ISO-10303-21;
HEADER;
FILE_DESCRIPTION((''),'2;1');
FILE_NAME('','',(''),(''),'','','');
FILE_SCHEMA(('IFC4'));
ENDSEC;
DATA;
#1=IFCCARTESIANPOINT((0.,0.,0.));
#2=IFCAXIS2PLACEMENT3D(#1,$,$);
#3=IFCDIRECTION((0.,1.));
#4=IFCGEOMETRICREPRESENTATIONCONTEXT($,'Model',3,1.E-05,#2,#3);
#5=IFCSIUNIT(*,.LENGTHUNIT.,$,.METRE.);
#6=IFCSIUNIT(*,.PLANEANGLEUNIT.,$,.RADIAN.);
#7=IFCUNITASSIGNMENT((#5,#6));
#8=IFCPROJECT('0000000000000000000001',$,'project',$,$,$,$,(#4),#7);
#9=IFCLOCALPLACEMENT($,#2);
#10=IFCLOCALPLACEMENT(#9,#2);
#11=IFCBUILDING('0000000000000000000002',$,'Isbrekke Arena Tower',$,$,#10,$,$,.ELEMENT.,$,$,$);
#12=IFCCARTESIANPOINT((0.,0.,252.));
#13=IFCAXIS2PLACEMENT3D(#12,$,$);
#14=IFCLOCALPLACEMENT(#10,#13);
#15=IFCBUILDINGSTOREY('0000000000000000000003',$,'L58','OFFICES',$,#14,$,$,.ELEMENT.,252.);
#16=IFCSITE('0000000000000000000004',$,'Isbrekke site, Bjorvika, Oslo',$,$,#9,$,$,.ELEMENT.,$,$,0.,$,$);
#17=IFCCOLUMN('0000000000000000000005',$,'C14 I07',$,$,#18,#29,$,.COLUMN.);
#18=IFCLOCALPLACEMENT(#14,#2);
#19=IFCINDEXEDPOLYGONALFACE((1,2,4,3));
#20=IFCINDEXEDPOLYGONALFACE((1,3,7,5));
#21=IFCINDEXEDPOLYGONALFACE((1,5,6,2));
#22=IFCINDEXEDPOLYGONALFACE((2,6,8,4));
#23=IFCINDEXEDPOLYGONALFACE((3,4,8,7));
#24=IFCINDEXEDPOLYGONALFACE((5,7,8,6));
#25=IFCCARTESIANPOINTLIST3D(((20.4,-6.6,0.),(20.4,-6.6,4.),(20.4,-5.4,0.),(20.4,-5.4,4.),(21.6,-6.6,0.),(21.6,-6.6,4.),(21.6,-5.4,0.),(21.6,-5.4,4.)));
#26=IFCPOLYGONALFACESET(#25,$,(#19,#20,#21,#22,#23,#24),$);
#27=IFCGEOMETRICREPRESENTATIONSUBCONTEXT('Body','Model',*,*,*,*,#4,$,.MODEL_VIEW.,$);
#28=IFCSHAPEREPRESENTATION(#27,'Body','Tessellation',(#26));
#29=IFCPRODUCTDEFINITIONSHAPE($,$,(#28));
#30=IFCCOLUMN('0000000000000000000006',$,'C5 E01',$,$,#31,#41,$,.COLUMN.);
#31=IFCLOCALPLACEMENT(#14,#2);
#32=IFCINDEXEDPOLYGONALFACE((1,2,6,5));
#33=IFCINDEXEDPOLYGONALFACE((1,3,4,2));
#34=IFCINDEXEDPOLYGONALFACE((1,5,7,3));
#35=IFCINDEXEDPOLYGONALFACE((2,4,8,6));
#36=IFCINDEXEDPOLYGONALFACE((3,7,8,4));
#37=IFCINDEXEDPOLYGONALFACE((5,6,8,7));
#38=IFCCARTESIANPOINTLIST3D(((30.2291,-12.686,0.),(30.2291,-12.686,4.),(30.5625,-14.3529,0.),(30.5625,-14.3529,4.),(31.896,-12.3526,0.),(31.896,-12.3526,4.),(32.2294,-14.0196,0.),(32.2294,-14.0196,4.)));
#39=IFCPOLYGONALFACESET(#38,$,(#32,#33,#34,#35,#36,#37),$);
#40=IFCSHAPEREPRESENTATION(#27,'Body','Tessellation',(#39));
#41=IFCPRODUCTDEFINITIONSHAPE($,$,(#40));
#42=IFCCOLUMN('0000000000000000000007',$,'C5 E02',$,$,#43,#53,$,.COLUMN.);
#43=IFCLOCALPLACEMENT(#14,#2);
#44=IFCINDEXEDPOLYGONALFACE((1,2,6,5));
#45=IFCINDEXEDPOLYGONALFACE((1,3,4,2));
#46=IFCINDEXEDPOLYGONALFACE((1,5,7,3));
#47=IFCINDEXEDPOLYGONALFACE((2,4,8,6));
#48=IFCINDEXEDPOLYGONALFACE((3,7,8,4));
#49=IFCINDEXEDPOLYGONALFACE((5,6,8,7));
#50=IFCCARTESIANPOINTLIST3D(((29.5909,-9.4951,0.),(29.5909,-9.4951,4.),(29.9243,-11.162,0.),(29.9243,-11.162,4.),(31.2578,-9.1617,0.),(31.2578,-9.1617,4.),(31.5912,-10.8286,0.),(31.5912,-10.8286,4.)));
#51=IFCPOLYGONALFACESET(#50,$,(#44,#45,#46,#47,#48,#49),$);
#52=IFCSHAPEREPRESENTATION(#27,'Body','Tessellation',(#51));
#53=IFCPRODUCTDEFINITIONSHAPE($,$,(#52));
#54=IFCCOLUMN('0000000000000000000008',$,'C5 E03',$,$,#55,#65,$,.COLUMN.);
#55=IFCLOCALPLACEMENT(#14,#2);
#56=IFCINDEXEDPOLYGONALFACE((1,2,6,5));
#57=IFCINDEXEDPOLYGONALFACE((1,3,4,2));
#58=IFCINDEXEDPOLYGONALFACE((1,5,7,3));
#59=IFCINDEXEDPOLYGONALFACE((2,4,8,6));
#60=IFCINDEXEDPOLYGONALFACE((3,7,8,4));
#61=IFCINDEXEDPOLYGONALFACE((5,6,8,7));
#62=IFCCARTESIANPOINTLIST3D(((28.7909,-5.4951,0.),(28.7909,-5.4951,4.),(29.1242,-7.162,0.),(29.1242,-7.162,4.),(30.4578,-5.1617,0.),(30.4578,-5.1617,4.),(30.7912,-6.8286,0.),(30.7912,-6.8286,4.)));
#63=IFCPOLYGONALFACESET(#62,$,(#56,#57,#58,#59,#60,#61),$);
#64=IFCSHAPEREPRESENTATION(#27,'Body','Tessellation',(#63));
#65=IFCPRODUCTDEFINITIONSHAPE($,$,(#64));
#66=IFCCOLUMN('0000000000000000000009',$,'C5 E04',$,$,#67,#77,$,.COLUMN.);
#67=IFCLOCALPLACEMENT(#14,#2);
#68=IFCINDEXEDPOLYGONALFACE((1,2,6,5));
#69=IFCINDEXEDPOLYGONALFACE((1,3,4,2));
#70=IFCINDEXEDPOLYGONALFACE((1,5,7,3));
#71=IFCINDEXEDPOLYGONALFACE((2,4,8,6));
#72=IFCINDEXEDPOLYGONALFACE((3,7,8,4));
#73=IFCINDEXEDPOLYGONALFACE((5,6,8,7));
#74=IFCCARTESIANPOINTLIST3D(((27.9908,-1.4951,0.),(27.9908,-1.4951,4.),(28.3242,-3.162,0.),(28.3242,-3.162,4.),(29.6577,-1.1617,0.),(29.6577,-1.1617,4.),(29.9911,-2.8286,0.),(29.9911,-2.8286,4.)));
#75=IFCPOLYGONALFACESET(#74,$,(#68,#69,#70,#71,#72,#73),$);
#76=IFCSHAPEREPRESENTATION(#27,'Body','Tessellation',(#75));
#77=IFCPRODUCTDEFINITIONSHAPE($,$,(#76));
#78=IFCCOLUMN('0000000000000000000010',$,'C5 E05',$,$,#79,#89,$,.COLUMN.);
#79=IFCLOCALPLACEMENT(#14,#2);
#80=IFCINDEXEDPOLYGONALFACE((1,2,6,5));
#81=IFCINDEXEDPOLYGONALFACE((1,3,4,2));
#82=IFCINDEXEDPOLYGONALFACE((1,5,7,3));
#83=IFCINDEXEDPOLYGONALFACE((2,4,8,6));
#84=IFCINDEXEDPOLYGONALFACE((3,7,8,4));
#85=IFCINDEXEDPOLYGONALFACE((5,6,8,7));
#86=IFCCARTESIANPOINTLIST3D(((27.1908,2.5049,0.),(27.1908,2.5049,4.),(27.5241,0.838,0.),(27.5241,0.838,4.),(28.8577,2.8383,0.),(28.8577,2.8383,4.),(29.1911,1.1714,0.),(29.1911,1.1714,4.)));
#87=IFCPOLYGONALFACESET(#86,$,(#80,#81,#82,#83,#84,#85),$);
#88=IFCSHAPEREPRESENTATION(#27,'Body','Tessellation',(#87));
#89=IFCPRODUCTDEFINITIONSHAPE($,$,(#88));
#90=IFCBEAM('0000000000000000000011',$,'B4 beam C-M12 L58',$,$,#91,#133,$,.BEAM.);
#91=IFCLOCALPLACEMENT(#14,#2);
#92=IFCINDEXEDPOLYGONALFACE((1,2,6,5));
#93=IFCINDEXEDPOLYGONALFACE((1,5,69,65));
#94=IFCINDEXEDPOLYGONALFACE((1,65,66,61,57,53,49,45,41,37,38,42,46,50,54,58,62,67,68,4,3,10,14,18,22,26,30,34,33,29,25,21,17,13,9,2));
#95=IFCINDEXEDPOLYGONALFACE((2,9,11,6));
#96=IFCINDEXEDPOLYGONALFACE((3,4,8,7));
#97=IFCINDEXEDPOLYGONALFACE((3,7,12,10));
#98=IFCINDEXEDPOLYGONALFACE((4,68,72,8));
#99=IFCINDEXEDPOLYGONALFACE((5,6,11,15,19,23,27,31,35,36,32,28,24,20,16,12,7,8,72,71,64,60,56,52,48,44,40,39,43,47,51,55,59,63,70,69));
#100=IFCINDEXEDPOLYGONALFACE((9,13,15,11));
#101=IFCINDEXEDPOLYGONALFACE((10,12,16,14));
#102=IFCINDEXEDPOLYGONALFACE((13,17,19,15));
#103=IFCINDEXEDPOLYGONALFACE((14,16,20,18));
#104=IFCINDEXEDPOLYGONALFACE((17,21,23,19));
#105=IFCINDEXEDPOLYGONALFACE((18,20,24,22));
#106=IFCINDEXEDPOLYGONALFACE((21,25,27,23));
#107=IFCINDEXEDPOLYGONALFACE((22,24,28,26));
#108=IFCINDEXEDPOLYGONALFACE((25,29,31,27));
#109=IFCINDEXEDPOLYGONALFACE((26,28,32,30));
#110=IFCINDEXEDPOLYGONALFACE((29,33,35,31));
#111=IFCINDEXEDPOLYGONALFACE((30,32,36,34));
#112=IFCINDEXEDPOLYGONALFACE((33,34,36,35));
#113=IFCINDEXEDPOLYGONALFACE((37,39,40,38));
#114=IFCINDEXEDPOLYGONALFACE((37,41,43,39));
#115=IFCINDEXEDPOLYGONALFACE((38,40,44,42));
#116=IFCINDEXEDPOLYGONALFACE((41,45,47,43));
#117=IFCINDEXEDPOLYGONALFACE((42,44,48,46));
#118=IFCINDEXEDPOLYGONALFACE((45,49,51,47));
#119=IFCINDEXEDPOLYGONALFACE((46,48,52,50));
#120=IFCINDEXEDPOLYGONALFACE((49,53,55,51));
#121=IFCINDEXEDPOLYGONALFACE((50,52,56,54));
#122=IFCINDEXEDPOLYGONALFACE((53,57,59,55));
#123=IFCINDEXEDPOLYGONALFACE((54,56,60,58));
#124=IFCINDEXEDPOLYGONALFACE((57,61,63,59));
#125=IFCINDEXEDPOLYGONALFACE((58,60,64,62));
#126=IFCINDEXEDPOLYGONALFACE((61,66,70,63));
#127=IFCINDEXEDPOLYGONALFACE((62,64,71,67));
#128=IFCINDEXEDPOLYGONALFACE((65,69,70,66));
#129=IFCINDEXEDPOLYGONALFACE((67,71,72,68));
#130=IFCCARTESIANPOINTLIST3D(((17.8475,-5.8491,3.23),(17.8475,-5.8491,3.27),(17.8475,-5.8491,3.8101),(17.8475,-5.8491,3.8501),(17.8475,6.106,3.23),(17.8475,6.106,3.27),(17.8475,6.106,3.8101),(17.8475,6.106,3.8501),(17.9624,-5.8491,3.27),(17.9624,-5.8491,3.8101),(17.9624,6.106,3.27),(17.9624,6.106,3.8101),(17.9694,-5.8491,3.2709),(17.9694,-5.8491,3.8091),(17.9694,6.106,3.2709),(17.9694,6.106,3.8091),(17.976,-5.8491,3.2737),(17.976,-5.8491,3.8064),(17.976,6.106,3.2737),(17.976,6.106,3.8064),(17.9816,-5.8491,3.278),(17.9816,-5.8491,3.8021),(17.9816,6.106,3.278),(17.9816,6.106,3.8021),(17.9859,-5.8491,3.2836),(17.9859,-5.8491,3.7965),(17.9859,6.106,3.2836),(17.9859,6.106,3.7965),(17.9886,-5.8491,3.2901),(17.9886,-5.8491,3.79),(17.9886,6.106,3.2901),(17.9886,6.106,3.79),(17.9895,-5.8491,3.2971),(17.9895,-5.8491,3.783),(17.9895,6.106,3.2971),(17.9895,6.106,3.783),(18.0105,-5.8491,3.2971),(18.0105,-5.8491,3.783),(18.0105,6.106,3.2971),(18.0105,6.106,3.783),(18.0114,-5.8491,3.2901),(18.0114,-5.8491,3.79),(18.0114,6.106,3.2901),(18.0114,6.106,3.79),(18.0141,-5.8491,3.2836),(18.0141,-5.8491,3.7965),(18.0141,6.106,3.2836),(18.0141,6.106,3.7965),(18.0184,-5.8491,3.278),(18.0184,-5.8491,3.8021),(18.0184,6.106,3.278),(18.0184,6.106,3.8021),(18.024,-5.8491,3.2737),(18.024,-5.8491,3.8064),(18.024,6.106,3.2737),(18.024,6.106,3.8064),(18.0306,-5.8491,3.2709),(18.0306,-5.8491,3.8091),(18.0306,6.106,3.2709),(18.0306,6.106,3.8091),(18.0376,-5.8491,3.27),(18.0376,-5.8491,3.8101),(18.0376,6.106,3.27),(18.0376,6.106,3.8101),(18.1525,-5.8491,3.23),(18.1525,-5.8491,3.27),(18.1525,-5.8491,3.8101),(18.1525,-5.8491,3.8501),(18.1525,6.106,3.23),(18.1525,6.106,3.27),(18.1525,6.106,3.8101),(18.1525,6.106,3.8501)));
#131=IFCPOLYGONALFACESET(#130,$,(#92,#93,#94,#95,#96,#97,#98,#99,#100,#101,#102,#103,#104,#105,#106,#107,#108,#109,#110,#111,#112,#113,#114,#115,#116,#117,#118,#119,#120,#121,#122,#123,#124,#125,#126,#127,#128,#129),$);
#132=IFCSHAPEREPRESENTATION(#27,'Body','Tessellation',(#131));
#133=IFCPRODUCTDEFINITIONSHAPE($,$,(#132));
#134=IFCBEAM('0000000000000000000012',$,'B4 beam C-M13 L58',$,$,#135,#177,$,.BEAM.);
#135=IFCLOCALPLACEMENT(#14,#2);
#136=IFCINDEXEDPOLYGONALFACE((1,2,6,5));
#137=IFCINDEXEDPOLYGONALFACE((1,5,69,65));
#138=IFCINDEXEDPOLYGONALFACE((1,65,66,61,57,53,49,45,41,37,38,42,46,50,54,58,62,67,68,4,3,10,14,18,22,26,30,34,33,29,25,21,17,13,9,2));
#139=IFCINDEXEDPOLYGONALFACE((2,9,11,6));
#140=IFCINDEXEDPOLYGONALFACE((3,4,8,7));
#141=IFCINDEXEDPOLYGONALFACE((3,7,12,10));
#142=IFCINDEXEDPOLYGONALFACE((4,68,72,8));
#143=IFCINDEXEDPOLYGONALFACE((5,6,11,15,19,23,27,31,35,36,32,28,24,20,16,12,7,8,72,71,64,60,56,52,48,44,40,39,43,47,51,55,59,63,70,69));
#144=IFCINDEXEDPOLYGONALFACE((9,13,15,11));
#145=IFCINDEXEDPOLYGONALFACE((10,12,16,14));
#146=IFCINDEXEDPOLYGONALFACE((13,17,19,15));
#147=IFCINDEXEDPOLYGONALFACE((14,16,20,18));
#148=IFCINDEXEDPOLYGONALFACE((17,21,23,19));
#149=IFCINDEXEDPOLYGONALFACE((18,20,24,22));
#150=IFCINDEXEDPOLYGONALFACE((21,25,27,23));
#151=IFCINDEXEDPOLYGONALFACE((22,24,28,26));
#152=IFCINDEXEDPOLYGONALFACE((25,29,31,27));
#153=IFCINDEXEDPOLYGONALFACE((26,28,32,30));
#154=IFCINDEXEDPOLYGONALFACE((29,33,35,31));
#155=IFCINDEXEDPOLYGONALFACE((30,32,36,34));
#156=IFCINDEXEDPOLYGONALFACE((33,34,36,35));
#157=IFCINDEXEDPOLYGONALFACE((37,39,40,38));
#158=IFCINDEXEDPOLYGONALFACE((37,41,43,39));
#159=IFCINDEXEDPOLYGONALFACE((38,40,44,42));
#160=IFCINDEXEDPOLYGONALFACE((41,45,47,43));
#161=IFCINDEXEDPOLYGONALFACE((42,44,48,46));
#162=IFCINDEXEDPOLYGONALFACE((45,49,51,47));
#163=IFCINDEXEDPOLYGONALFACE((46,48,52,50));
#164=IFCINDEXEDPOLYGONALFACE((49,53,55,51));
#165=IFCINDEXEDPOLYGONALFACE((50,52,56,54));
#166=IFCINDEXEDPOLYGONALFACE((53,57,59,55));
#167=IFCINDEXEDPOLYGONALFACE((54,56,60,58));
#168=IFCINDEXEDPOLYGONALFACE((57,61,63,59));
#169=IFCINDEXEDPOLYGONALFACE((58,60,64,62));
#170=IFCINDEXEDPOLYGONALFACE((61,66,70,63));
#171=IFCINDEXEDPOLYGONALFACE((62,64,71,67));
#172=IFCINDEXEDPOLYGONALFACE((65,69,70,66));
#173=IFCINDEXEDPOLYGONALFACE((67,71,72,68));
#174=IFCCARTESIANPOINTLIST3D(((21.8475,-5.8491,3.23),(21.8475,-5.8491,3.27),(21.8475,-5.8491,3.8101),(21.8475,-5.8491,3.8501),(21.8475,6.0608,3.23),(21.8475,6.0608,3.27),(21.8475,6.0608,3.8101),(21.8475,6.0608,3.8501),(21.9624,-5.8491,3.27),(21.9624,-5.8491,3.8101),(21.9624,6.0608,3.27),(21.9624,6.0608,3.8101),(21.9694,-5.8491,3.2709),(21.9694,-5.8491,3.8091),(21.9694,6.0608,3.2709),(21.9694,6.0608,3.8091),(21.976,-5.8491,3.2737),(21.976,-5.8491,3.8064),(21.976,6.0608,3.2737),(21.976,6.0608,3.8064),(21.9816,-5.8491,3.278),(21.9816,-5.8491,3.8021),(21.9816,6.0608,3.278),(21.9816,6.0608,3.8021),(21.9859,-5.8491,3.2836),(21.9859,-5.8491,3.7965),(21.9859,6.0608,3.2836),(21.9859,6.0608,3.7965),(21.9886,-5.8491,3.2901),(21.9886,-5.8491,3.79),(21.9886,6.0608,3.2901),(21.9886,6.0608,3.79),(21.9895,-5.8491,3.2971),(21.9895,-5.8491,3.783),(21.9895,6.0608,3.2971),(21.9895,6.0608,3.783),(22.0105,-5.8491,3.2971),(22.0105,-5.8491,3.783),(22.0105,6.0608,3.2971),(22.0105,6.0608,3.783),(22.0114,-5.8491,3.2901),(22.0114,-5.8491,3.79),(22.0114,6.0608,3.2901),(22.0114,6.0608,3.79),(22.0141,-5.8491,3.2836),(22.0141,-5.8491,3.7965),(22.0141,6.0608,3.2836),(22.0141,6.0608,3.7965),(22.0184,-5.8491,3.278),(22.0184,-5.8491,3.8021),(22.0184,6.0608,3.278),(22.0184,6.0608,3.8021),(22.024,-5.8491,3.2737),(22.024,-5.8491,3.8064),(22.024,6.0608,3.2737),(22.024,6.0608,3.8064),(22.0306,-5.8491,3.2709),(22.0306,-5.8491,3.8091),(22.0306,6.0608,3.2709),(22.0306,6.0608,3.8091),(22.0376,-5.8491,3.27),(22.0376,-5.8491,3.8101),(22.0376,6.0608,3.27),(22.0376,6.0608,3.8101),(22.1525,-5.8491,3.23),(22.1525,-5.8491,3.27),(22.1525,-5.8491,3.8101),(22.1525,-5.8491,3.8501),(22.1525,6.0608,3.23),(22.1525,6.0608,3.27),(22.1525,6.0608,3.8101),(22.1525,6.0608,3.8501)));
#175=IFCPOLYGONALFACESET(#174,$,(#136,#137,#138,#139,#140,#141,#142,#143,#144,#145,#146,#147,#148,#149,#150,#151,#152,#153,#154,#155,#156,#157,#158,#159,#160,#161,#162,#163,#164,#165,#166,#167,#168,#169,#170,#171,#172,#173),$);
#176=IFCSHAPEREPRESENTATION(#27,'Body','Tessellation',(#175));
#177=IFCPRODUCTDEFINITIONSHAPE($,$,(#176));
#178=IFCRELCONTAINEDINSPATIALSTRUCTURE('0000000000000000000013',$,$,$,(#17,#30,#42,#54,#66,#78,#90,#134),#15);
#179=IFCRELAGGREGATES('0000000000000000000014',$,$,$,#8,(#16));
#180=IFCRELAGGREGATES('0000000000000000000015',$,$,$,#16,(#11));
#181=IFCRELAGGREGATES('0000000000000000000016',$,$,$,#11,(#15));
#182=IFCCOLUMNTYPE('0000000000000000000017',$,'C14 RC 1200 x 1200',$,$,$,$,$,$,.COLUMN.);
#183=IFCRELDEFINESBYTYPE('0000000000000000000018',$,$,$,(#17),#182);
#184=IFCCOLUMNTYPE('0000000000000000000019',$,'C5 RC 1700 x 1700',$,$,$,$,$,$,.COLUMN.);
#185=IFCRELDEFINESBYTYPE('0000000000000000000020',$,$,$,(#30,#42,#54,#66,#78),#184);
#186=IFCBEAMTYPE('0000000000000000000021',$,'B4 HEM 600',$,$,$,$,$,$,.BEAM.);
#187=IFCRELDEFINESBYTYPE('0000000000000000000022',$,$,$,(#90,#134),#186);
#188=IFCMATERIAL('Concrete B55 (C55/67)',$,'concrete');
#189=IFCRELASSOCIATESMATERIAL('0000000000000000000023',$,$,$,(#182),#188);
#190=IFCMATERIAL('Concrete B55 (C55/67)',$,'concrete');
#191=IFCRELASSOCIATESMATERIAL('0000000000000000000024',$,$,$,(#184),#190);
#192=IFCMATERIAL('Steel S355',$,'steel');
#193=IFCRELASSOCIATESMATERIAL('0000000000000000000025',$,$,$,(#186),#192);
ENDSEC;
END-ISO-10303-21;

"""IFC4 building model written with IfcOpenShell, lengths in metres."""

from ifc_helpers import new_model, si_unit, direction, frame, origin, origin_2d, place, context, subcontext, project, spatial, rectangle, i_section, extrude, material, material_profile, profile_set, type_object, element, save


model = new_model("IFC4")

# Units and contexts
model_context = context("Model", 3, precision=1e-05, world=origin(), true_north=direction((0.0, 1.0)))
body_context = subcontext(model_context, "Body", "Model", "MODEL_VIEW")
ifc_project = project(units=[si_unit("LENGTHUNIT", "METRE"), si_unit("PLANEANGLEUNIT", "RADIAN")], contexts=[model_context])

# Site, building, storey
site_placement = place(None, origin())
site = spatial("IfcSite", under=ifc_project, at=site_placement, Name="Isbrekke site, Bjorvika, Oslo", CompositionType="ELEMENT", RefElevation=0.0)
building_placement = place(site_placement, origin())
building = spatial("IfcBuilding", under=site, at=building_placement, Name="Isbrekke Arena Tower", CompositionType="ELEMENT")
storey_placement = place(building_placement, frame((0.0, 0.0, 252.0)))
storey = spatial("IfcBuildingStorey", under=building, at=storey_placement, Name="L58", Description="OFFICES", CompositionType="ELEMENT", Elevation=252.0)

# Columns
ifc_material_1 = material(Name="Concrete B55 (C55/67)", Category="concrete")
ifc_material_profile_1 = material_profile(ifc_material_1, rectangle(XDim=1.2, YDim=1.2, at=origin_2d()), Name="RC 1200x1200")
ifc_profile_set_1 = profile_set([ifc_material_profile_1], Name="Concrete B55 (C55/67)")
column_type_1 = type_object("IfcColumnType", Name="C14 RC 1200 x 1200", PredefinedType="COLUMN", material=ifc_profile_set_1)
column_placement = place(storey_placement, frame((21.0, -6.0, 0.0), z_axis=(0.0, 0.0, 1.0), x_axis=(1.0, 0.0, 0.0)))
element("IfcColumn", 1, at=column_placement, inside=storey, type_object=column_type_1, Name="C14 I07", PredefinedType="COLUMN", context=body_context, shape_type="SweptSolid", body=[
    extrude(rectangle(XDim=1.2, YDim=1.2, at=origin_2d()), origin(), (0.0, 0.0, 1.0), 4.0),
])
ifc_material_2 = material(Name="Concrete B55 (C55/67)", Category="concrete")
ifc_material_profile_2 = material_profile(ifc_material_2, rectangle(XDim=1.7, YDim=1.7, at=origin_2d()), Name="RC 1700x1700")
ifc_profile_set_2 = profile_set([ifc_material_profile_2], Name="Concrete B55 (C55/67)")
column_type_2 = type_object("IfcColumnType", Name="C5 RC 1700 x 1700", PredefinedType="COLUMN", material=ifc_profile_set_2)
for number, where, z_axis, x_axis, name in (
    (2, (31.2292, -13.3528, 0.0), (0.0, 0.0, 1.0), (-0.196116, 0.980581, 0.0), "C5 E01"),
    (3, (30.5911, -10.1619, 0.0), (0.0, 0.0, 1.0), (-0.196116, 0.980581, 0.0), "C5 E02"),
    (4, (29.791, -6.1619, 0.0), (0.0, 0.0, 1.0), (-0.196116, 0.980581, 0.0), "C5 E03"),
    (5, (28.991, -2.1619, 0.0), (0.0, 0.0, 1.0), (-0.196116, 0.980581, 0.0), "C5 E04"),
    (6, (28.1909, 1.8381, 0.0), (0.0, 0.0, 1.0), (-0.196116, 0.980581, 0.0), "C5 E05"),
):
    element("IfcColumn", number, at=place(storey_placement, frame(where, z_axis=z_axis, x_axis=x_axis)), inside=storey, type_object=column_type_2, Name=name, PredefinedType="COLUMN", context=body_context, shape_type="SweptSolid", body=[
        extrude(rectangle(XDim=1.7, YDim=1.7, at=origin_2d()), origin(), (0.0, 0.0, 1.0), 4.0),
    ])

# Beams
ifc_material_3 = material(Name="Steel S355", Category="steel")
ifc_material_profile_3 = material_profile(ifc_material_3, i_section(OverallWidth=0.3049, OverallDepth=0.6201, WebThickness=0.021, FlangeThickness=0.04, FilletRadius=0.0271, at=origin_2d()), Name="HEM 600")
ifc_profile_set_3 = profile_set([ifc_material_profile_3], Name="Steel S355")
beam_type_1 = type_object("IfcBeamType", Name="B4 HEM 600", PredefinedType="BEAM", material=ifc_profile_set_3)
beam_1_placement = place(storey_placement, frame((18.0, -5.8491, 3.54), z_axis=(0.0, 1.0, 0.0), x_axis=(-1.0, 0.0, 0.0)))
element("IfcBeam", 7, at=beam_1_placement, inside=storey, type_object=beam_type_1, Name="B4 beam C-M12 L58", PredefinedType="BEAM", context=body_context, shape_type="SweptSolid", body=[
    extrude(i_section(OverallWidth=0.3049, OverallDepth=0.6201, WebThickness=0.021, FlangeThickness=0.04, FilletRadius=0.0271, at=origin_2d()), origin(), (0.0, 0.0, 1.0), 11.9551),
])
beam_2_placement = place(storey_placement, frame((22.0, -5.8491, 3.54), z_axis=(0.0, 1.0, 0.0), x_axis=(-1.0, 0.0, 0.0)))
element("IfcBeam", 8, at=beam_2_placement, inside=storey, type_object=beam_type_1, Name="B4 beam C-M13 L58", PredefinedType="BEAM", context=body_context, shape_type="SweptSolid", body=[
    extrude(i_section(OverallWidth=0.3049, OverallDepth=0.6201, WebThickness=0.021, FlangeThickness=0.04, FilletRadius=0.0271, at=origin_2d()), origin(), (0.0, 0.0, 1.0), 11.9099),
])

save(model, "model.ifc")
